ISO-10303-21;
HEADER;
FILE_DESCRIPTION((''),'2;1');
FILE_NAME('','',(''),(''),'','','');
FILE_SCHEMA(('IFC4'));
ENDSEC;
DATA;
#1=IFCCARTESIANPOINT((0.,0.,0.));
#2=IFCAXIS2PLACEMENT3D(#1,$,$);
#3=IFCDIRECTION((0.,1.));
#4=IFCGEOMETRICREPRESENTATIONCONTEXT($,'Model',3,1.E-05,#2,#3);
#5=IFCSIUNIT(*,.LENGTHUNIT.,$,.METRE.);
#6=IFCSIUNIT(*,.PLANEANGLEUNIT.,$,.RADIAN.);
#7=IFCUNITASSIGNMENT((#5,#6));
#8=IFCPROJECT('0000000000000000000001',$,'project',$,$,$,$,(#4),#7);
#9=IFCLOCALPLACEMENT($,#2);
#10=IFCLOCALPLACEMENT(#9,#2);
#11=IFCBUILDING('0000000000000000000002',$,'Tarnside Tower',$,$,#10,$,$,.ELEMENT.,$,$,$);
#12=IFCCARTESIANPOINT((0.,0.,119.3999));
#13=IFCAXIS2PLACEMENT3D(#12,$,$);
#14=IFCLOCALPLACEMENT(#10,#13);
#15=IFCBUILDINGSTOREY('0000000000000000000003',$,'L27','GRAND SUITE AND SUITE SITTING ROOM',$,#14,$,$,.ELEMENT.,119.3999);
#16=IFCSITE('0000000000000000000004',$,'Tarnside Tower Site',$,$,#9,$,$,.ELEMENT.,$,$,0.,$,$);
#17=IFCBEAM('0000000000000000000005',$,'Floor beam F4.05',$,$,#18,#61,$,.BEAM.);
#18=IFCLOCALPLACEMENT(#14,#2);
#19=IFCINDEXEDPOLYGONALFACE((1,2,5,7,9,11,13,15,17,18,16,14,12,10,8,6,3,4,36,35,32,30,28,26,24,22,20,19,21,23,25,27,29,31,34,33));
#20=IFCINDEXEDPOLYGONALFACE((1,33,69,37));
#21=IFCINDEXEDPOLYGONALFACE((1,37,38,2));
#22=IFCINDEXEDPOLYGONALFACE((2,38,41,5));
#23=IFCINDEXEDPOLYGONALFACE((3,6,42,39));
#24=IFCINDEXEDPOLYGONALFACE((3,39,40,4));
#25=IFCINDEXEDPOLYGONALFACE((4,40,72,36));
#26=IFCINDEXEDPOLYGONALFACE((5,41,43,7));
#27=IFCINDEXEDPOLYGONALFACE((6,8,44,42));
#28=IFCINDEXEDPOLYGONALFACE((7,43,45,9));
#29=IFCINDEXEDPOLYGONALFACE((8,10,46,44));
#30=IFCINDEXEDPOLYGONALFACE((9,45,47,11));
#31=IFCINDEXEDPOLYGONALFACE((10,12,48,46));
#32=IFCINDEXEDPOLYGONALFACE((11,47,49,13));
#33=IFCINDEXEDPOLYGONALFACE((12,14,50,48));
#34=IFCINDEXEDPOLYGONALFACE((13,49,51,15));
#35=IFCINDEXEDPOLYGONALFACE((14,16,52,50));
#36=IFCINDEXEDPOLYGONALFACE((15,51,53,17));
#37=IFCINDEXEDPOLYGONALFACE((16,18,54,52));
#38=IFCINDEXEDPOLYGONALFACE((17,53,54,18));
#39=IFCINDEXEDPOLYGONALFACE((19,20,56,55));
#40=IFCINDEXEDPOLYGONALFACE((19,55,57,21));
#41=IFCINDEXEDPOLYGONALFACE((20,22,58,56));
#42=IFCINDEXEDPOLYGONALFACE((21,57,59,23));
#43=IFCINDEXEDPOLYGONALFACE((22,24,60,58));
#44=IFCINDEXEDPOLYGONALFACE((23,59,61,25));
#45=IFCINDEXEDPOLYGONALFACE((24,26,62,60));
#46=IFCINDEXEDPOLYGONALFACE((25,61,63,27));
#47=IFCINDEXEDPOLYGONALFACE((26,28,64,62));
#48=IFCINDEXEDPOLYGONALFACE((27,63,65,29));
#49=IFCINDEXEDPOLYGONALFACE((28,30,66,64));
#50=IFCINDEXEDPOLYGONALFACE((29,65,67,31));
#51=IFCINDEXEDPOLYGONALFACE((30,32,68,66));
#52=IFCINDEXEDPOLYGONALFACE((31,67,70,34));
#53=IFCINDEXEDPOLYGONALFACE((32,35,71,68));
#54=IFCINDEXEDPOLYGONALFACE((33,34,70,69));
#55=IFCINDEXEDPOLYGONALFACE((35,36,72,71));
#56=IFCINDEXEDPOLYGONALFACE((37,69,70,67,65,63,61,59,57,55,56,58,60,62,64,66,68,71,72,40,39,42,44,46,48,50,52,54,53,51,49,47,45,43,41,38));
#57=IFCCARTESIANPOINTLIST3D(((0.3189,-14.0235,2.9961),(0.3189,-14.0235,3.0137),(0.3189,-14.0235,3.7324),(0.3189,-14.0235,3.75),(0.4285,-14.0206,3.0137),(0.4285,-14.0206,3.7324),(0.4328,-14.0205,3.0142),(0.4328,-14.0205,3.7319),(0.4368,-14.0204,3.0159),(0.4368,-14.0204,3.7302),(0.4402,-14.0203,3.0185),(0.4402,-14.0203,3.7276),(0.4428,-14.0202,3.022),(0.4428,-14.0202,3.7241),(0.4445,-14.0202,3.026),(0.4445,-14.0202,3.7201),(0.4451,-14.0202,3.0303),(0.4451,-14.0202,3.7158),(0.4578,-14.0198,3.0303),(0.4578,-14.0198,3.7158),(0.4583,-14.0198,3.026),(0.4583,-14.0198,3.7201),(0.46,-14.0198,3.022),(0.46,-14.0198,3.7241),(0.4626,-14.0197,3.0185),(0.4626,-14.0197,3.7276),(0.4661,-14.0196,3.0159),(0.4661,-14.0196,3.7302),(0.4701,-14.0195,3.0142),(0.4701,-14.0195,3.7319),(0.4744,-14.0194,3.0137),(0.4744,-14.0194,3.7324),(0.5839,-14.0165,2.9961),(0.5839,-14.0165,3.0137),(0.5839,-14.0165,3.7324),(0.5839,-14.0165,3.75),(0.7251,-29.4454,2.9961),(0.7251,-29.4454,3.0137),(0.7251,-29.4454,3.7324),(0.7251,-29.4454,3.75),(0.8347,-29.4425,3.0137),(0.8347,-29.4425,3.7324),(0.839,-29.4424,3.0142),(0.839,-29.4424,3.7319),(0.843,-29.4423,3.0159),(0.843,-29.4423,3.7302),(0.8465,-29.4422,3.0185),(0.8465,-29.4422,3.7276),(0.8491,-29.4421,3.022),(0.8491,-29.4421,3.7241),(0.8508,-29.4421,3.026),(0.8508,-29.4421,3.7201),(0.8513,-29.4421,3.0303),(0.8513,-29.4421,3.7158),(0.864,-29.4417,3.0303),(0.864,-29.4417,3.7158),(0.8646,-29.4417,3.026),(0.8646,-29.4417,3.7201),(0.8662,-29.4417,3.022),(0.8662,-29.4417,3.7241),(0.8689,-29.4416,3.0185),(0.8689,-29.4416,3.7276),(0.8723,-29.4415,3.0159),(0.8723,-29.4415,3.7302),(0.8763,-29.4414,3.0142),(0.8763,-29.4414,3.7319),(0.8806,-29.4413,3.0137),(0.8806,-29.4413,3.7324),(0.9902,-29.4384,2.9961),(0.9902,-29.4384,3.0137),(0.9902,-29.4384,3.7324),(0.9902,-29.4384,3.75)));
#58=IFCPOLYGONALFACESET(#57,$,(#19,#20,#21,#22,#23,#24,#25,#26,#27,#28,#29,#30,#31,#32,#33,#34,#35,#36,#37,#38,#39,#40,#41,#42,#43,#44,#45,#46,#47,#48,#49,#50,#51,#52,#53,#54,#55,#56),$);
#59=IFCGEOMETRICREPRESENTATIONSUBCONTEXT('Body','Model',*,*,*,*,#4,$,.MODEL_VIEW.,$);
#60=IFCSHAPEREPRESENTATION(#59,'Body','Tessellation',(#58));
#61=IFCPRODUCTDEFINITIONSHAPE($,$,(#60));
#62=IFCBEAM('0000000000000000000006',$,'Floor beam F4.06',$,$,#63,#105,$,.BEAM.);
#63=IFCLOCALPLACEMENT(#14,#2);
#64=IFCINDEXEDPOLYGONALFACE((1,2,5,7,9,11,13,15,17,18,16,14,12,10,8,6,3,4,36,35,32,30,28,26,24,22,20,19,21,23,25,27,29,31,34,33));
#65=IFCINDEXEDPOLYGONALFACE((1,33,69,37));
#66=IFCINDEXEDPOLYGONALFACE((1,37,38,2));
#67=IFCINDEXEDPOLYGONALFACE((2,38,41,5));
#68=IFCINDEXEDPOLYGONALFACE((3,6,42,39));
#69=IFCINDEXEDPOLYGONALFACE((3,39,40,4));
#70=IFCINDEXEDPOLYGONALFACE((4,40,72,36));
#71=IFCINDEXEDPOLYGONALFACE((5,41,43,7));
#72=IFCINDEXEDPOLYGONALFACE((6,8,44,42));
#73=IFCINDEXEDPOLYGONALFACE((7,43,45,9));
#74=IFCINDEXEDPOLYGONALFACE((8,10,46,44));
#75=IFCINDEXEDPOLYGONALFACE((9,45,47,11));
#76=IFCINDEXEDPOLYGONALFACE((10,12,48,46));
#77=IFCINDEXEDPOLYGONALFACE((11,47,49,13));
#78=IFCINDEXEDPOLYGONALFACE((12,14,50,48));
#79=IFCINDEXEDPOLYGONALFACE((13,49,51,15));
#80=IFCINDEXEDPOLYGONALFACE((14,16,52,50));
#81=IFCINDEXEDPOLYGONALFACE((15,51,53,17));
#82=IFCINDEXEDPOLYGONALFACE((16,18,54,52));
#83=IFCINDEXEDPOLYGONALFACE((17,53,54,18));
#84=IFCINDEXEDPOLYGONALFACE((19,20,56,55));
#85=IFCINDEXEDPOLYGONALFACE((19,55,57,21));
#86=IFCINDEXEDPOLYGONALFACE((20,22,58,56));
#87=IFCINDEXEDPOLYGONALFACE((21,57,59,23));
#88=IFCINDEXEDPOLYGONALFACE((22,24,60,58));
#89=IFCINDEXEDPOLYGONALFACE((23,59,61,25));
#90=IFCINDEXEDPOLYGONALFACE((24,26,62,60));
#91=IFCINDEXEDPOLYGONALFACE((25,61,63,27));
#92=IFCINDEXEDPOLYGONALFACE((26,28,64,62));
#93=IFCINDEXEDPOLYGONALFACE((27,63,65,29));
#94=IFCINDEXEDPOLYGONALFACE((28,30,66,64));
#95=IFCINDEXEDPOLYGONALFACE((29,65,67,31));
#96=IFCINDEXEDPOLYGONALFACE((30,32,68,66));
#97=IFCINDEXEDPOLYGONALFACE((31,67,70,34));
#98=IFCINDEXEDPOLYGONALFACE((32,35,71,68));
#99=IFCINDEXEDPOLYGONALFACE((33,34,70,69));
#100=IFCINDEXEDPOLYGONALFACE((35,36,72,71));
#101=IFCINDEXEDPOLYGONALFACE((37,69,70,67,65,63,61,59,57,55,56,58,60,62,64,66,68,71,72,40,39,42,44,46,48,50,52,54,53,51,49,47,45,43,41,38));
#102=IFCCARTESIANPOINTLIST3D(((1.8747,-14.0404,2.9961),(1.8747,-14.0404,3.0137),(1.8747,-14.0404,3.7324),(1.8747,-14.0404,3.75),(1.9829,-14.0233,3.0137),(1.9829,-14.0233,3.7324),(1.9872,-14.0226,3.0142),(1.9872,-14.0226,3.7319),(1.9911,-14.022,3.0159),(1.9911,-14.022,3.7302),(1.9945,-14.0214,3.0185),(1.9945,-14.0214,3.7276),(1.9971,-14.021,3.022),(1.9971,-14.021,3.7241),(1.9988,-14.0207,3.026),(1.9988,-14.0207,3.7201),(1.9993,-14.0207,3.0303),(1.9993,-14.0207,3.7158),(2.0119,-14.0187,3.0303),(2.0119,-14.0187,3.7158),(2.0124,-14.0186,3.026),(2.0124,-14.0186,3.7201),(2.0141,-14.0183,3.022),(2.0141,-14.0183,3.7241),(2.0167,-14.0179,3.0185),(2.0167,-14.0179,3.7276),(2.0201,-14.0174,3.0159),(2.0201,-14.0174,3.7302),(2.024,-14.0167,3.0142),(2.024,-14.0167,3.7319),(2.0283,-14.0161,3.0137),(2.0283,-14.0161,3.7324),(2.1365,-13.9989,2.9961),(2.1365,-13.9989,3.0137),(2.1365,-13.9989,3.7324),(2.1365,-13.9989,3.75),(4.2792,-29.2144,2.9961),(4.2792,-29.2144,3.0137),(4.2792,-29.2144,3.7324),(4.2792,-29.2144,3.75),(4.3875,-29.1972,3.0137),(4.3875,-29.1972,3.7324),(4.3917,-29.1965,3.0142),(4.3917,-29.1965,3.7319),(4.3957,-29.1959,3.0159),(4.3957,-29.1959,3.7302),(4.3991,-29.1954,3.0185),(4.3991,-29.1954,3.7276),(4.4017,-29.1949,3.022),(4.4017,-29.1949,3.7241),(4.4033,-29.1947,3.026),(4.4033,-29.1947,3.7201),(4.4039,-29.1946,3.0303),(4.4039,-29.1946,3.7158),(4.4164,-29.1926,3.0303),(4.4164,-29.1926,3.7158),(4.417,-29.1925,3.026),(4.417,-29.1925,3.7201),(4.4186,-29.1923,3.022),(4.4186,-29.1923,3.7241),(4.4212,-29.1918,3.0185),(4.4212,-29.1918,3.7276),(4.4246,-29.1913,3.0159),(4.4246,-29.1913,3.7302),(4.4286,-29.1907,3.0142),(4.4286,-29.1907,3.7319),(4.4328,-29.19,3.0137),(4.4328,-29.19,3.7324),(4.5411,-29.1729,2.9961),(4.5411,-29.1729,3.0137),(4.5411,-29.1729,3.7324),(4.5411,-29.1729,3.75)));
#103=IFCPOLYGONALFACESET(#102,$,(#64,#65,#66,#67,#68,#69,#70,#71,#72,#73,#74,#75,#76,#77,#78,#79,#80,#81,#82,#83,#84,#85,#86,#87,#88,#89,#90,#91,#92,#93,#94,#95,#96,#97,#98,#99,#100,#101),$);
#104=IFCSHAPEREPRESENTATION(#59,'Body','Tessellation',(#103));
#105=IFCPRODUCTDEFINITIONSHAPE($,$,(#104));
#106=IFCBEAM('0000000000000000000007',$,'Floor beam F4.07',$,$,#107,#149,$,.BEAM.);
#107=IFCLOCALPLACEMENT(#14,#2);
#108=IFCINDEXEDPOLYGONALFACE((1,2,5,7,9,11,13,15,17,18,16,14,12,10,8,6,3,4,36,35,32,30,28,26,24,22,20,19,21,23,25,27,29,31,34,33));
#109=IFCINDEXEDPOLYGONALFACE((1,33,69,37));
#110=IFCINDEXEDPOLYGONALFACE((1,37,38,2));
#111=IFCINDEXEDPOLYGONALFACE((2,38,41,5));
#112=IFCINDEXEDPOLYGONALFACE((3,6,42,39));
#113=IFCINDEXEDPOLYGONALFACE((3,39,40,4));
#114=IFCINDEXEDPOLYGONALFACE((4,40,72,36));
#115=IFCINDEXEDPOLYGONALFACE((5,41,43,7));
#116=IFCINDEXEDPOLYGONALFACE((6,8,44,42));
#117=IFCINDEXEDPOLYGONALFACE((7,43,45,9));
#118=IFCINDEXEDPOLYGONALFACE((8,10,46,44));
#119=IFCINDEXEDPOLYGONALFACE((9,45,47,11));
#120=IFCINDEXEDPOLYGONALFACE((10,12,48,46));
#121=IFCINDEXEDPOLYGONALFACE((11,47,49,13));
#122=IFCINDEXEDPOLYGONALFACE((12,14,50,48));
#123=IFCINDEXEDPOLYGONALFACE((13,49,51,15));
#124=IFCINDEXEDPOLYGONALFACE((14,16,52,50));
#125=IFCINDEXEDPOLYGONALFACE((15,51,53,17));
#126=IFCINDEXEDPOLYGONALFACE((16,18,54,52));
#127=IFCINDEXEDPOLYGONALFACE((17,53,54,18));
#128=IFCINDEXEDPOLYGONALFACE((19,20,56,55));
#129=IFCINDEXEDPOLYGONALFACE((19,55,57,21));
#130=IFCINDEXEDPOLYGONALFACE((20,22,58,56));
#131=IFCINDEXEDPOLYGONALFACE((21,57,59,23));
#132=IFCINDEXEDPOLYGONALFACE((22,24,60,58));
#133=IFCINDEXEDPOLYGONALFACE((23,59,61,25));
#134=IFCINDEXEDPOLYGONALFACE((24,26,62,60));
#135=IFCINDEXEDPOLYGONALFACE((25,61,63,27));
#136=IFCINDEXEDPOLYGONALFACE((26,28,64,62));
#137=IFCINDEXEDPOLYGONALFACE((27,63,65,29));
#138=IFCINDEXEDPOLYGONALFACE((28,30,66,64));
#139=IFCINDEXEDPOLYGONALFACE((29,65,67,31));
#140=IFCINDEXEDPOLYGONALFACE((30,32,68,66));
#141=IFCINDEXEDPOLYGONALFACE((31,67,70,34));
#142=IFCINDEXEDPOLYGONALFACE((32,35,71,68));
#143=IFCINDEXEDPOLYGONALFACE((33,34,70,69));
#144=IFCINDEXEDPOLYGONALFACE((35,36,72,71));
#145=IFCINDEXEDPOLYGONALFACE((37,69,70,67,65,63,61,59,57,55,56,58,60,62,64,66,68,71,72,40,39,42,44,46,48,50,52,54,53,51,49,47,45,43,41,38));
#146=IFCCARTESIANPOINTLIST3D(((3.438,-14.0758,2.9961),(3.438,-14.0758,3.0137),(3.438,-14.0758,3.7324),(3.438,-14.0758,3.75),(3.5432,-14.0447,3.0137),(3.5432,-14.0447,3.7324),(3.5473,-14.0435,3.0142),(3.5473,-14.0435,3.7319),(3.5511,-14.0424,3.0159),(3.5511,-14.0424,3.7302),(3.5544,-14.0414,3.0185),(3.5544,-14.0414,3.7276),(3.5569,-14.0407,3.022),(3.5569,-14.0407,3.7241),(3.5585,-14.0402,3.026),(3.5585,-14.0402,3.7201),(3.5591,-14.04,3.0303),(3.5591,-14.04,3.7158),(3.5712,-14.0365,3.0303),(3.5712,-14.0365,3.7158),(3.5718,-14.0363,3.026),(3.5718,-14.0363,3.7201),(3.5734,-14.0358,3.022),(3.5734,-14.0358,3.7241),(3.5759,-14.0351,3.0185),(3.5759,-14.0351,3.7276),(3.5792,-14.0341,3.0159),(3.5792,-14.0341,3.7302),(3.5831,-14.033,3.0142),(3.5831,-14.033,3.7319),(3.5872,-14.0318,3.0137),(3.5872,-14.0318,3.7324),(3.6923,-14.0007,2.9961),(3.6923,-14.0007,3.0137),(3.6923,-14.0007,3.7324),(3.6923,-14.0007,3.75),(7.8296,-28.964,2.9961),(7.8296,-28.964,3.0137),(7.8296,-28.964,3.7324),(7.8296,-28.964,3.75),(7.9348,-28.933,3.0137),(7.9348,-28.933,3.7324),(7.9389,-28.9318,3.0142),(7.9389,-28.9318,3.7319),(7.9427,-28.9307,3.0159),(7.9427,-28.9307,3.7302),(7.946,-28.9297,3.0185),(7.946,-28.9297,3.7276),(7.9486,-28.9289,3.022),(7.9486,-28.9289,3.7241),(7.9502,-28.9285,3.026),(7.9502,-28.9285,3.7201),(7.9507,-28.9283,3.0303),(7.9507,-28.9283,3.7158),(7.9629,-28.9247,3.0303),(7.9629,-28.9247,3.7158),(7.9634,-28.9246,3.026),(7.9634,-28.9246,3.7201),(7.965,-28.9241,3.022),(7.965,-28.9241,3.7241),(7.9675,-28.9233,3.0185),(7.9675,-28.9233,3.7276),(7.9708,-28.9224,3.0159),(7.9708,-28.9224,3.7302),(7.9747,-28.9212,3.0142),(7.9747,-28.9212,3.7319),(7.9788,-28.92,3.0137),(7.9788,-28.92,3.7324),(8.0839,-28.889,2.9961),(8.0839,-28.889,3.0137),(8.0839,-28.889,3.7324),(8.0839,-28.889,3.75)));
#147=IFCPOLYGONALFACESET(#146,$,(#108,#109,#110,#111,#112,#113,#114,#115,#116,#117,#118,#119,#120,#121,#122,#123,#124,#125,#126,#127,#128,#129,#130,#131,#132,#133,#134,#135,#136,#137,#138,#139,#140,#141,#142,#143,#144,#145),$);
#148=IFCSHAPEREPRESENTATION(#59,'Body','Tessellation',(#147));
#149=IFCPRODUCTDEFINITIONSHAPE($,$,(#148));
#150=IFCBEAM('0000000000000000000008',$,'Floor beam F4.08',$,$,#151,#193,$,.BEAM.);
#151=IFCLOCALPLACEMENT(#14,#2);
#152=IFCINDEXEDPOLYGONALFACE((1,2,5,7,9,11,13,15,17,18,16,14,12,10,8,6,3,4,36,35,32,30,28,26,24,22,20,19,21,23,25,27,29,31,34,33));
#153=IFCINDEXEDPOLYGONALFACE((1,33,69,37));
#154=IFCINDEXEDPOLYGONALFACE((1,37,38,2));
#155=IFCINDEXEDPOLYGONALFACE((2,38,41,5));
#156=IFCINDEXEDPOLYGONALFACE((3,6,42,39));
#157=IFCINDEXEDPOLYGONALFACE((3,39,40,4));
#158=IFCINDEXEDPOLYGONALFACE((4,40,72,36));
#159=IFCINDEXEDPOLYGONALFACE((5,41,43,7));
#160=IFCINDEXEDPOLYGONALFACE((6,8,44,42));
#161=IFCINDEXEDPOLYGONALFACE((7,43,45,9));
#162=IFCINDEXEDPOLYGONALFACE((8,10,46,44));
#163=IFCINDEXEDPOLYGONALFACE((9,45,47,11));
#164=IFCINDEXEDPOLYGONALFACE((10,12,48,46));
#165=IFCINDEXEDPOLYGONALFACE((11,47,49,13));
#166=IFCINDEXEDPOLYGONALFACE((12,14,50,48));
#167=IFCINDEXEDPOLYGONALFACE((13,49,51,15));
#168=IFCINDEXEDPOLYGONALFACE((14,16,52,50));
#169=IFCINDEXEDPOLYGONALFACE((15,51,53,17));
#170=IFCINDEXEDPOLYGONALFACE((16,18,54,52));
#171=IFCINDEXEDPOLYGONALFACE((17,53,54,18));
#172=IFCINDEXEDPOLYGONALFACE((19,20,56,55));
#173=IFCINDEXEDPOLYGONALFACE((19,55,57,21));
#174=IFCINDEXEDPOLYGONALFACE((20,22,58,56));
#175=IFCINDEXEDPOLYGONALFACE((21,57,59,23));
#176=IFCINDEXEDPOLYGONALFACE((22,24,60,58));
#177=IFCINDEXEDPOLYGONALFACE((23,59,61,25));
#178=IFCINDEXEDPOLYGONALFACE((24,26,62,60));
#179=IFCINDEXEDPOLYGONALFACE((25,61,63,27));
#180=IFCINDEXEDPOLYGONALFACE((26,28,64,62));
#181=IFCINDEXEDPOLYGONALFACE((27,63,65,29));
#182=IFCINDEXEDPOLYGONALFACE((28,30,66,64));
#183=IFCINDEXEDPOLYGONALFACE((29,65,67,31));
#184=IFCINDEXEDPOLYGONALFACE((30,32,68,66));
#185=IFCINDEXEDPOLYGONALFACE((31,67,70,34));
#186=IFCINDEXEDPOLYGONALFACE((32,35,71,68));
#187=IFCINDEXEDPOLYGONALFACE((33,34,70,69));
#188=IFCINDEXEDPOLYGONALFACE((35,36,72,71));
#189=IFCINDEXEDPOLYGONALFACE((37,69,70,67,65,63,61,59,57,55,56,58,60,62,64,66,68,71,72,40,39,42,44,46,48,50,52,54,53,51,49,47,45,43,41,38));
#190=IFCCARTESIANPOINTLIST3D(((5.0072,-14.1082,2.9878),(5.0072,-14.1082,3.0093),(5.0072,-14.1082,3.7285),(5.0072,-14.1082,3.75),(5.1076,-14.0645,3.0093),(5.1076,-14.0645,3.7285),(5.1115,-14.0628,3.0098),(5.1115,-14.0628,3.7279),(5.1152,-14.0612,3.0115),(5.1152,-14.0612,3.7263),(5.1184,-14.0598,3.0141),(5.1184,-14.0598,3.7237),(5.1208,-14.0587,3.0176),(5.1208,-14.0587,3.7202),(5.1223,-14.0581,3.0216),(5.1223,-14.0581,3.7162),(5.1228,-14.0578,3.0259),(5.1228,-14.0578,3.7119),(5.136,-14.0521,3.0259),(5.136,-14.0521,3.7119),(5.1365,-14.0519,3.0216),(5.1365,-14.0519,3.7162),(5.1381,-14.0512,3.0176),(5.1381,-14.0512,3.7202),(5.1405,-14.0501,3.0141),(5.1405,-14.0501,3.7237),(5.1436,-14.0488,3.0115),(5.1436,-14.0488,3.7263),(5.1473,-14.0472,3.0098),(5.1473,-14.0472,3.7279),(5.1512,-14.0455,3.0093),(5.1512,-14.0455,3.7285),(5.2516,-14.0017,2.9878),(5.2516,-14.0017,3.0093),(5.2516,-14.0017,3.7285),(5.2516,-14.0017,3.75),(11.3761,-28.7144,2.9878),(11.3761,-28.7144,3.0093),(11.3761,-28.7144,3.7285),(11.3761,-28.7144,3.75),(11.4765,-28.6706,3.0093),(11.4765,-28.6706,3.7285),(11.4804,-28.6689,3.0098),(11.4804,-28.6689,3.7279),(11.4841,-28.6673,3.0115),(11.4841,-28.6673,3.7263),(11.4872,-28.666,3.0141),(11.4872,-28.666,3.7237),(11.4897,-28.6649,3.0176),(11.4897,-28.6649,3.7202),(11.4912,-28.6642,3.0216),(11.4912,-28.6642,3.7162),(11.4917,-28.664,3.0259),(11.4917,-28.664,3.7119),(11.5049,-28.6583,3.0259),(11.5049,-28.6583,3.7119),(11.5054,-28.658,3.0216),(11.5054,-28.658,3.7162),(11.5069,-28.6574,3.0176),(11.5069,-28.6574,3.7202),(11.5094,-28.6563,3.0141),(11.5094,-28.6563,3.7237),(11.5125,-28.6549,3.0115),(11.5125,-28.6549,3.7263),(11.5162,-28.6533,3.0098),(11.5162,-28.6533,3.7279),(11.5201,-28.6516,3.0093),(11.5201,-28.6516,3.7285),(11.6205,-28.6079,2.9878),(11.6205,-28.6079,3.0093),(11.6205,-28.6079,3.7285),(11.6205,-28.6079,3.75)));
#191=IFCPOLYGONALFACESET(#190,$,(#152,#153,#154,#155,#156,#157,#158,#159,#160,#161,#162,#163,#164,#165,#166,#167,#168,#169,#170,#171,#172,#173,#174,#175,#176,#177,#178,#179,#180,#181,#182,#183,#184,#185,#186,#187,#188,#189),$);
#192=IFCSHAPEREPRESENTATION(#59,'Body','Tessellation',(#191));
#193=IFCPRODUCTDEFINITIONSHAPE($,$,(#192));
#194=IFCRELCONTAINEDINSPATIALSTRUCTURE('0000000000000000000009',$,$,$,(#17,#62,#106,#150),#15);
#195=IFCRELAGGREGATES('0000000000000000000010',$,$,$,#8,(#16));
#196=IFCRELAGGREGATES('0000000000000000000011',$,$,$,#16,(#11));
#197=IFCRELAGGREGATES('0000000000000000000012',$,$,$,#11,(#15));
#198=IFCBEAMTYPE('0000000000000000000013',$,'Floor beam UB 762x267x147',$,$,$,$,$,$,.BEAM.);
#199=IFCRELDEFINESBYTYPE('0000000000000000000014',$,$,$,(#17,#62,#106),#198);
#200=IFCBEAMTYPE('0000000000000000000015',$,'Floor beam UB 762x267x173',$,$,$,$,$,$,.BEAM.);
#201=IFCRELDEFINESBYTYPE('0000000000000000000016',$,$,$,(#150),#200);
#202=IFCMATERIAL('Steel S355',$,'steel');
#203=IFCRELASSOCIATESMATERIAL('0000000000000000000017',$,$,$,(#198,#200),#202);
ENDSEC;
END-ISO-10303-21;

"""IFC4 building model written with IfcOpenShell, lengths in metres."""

from ifc_helpers import new_model, si_unit, direction, frame, origin, origin_2d, place, context, subcontext, project, spatial, i_section, extrude, material, material_profile, profile_set, type_object, element, save


model = new_model("IFC4")

# Units and contexts
model_context = context("Model", 3, precision=1e-05, world=origin(), true_north=direction((0.0, 1.0)))
body_context = subcontext(model_context, "Body", "Model", "MODEL_VIEW")
ifc_project = project(units=[si_unit("LENGTHUNIT", "METRE"), si_unit("PLANEANGLEUNIT", "RADIAN")], contexts=[model_context])

# Site, building, storey
site_placement = place(None, origin())
site = spatial("IfcSite", under=ifc_project, at=site_placement, Name="Tarnside Tower Site", CompositionType="ELEMENT", RefElevation=0.0)
building_placement = place(site_placement, origin())
building = spatial("IfcBuilding", under=site, at=building_placement, Name="Tarnside Tower", CompositionType="ELEMENT")
storey_placement = place(building_placement, frame((0.0, 0.0, 119.3999)))
storey = spatial("IfcBuildingStorey", under=building, at=storey_placement, Name="L27", Description="GRAND SUITE AND SUITE SITTING ROOM", CompositionType="ELEMENT", Elevation=119.3999)

# Beams
ifc_material_1 = material(Name="Steel S355", Category="steel")
ifc_material_profile_1 = material_profile(ifc_material_1, i_section(OverallWidth=0.2651, OverallDepth=0.7539, WebThickness=0.0127, FlangeThickness=0.0176, FilletRadius=0.0166, at=origin_2d()), Name="UB 762x267x147")
ifc_profile_set_1 = profile_set([ifc_material_profile_1], Name="Steel S355")
beam_type_1 = type_object("IfcBeamType", Name="Floor beam UB 762x267x147", PredefinedType="BEAM", material=ifc_profile_set_1)
beam_1_placement = place(storey_placement, frame((0.8577, -29.4419, 3.373), z_axis=(-0.026333, 0.999653, 0.0), x_axis=(-0.999653, -0.026333, 0.0)))
element("IfcBeam", 1, at=beam_1_placement, inside=storey, type_object=beam_type_1, Name="Floor beam F4.05", PredefinedType="BEAM", context=body_context, shape_type="SweptSolid", body=[
    extrude(i_section(OverallWidth=0.2651, OverallDepth=0.7539, WebThickness=0.0127, FlangeThickness=0.0176, FilletRadius=0.0166, at=origin_2d()), origin(), (0.0, 0.0, 1.0), 15.4272),
])
beam_2_placement = place(storey_placement, frame((4.4102, -29.1936, 3.373), z_axis=(-0.156513, 0.987676, 0.0), x_axis=(-0.987676, -0.156513, 0.0)))
element("IfcBeam", 2, at=beam_2_placement, inside=storey, type_object=beam_type_1, Name="Floor beam F4.06", PredefinedType="BEAM", context=body_context, shape_type="SweptSolid", body=[
    extrude(i_section(OverallWidth=0.2651, OverallDepth=0.7539, WebThickness=0.0127, FlangeThickness=0.0176, FilletRadius=0.0166, at=origin_2d()), origin(), (0.0, 0.0, 1.0), 15.3633),
])
beam_3_placement = place(storey_placement, frame((7.9568, -28.9265, 3.373), z_axis=(-0.282921, 0.959143, 0.0), x_axis=(-0.959143, -0.282921, 0.0)))
element("IfcBeam", 3, at=beam_3_placement, inside=storey, type_object=beam_type_1, Name="Floor beam F4.07", PredefinedType="BEAM", context=body_context, shape_type="SweptSolid", body=[
    extrude(i_section(OverallWidth=0.2651, OverallDepth=0.7539, WebThickness=0.0127, FlangeThickness=0.0176, FilletRadius=0.0166, at=origin_2d()), origin(), (0.0, 0.0, 1.0), 15.5225),
])
ifc_material_profile_2 = material_profile(ifc_material_1, i_section(OverallWidth=0.2666, OverallDepth=0.7622, WebThickness=0.0144, FlangeThickness=0.0215, FilletRadius=0.0166, at=origin_2d()), Name="UB 762x267x173")
ifc_profile_set_2 = profile_set([ifc_material_profile_2], Name="Steel S355")
beam_type_2 = type_object("IfcBeamType", Name="Floor beam UB 762x267x173", PredefinedType="BEAM", material=ifc_profile_set_2)
beam_4_placement = place(storey_placement, frame((11.4983, -28.6611, 3.3689), z_axis=(-0.399696, 0.916648, 0.0), x_axis=(-0.916648, -0.399696, 0.0)))
element("IfcBeam", 4, at=beam_4_placement, inside=storey, type_object=beam_type_2, Name="Floor beam F4.08", PredefinedType="BEAM", context=body_context, shape_type="SweptSolid", body=[
    extrude(i_section(OverallWidth=0.2666, OverallDepth=0.7622, WebThickness=0.0144, FlangeThickness=0.0215, FilletRadius=0.0166, at=origin_2d()), origin(), (0.0, 0.0, 1.0), 15.9343),
])

save(model, "model.ifc")
